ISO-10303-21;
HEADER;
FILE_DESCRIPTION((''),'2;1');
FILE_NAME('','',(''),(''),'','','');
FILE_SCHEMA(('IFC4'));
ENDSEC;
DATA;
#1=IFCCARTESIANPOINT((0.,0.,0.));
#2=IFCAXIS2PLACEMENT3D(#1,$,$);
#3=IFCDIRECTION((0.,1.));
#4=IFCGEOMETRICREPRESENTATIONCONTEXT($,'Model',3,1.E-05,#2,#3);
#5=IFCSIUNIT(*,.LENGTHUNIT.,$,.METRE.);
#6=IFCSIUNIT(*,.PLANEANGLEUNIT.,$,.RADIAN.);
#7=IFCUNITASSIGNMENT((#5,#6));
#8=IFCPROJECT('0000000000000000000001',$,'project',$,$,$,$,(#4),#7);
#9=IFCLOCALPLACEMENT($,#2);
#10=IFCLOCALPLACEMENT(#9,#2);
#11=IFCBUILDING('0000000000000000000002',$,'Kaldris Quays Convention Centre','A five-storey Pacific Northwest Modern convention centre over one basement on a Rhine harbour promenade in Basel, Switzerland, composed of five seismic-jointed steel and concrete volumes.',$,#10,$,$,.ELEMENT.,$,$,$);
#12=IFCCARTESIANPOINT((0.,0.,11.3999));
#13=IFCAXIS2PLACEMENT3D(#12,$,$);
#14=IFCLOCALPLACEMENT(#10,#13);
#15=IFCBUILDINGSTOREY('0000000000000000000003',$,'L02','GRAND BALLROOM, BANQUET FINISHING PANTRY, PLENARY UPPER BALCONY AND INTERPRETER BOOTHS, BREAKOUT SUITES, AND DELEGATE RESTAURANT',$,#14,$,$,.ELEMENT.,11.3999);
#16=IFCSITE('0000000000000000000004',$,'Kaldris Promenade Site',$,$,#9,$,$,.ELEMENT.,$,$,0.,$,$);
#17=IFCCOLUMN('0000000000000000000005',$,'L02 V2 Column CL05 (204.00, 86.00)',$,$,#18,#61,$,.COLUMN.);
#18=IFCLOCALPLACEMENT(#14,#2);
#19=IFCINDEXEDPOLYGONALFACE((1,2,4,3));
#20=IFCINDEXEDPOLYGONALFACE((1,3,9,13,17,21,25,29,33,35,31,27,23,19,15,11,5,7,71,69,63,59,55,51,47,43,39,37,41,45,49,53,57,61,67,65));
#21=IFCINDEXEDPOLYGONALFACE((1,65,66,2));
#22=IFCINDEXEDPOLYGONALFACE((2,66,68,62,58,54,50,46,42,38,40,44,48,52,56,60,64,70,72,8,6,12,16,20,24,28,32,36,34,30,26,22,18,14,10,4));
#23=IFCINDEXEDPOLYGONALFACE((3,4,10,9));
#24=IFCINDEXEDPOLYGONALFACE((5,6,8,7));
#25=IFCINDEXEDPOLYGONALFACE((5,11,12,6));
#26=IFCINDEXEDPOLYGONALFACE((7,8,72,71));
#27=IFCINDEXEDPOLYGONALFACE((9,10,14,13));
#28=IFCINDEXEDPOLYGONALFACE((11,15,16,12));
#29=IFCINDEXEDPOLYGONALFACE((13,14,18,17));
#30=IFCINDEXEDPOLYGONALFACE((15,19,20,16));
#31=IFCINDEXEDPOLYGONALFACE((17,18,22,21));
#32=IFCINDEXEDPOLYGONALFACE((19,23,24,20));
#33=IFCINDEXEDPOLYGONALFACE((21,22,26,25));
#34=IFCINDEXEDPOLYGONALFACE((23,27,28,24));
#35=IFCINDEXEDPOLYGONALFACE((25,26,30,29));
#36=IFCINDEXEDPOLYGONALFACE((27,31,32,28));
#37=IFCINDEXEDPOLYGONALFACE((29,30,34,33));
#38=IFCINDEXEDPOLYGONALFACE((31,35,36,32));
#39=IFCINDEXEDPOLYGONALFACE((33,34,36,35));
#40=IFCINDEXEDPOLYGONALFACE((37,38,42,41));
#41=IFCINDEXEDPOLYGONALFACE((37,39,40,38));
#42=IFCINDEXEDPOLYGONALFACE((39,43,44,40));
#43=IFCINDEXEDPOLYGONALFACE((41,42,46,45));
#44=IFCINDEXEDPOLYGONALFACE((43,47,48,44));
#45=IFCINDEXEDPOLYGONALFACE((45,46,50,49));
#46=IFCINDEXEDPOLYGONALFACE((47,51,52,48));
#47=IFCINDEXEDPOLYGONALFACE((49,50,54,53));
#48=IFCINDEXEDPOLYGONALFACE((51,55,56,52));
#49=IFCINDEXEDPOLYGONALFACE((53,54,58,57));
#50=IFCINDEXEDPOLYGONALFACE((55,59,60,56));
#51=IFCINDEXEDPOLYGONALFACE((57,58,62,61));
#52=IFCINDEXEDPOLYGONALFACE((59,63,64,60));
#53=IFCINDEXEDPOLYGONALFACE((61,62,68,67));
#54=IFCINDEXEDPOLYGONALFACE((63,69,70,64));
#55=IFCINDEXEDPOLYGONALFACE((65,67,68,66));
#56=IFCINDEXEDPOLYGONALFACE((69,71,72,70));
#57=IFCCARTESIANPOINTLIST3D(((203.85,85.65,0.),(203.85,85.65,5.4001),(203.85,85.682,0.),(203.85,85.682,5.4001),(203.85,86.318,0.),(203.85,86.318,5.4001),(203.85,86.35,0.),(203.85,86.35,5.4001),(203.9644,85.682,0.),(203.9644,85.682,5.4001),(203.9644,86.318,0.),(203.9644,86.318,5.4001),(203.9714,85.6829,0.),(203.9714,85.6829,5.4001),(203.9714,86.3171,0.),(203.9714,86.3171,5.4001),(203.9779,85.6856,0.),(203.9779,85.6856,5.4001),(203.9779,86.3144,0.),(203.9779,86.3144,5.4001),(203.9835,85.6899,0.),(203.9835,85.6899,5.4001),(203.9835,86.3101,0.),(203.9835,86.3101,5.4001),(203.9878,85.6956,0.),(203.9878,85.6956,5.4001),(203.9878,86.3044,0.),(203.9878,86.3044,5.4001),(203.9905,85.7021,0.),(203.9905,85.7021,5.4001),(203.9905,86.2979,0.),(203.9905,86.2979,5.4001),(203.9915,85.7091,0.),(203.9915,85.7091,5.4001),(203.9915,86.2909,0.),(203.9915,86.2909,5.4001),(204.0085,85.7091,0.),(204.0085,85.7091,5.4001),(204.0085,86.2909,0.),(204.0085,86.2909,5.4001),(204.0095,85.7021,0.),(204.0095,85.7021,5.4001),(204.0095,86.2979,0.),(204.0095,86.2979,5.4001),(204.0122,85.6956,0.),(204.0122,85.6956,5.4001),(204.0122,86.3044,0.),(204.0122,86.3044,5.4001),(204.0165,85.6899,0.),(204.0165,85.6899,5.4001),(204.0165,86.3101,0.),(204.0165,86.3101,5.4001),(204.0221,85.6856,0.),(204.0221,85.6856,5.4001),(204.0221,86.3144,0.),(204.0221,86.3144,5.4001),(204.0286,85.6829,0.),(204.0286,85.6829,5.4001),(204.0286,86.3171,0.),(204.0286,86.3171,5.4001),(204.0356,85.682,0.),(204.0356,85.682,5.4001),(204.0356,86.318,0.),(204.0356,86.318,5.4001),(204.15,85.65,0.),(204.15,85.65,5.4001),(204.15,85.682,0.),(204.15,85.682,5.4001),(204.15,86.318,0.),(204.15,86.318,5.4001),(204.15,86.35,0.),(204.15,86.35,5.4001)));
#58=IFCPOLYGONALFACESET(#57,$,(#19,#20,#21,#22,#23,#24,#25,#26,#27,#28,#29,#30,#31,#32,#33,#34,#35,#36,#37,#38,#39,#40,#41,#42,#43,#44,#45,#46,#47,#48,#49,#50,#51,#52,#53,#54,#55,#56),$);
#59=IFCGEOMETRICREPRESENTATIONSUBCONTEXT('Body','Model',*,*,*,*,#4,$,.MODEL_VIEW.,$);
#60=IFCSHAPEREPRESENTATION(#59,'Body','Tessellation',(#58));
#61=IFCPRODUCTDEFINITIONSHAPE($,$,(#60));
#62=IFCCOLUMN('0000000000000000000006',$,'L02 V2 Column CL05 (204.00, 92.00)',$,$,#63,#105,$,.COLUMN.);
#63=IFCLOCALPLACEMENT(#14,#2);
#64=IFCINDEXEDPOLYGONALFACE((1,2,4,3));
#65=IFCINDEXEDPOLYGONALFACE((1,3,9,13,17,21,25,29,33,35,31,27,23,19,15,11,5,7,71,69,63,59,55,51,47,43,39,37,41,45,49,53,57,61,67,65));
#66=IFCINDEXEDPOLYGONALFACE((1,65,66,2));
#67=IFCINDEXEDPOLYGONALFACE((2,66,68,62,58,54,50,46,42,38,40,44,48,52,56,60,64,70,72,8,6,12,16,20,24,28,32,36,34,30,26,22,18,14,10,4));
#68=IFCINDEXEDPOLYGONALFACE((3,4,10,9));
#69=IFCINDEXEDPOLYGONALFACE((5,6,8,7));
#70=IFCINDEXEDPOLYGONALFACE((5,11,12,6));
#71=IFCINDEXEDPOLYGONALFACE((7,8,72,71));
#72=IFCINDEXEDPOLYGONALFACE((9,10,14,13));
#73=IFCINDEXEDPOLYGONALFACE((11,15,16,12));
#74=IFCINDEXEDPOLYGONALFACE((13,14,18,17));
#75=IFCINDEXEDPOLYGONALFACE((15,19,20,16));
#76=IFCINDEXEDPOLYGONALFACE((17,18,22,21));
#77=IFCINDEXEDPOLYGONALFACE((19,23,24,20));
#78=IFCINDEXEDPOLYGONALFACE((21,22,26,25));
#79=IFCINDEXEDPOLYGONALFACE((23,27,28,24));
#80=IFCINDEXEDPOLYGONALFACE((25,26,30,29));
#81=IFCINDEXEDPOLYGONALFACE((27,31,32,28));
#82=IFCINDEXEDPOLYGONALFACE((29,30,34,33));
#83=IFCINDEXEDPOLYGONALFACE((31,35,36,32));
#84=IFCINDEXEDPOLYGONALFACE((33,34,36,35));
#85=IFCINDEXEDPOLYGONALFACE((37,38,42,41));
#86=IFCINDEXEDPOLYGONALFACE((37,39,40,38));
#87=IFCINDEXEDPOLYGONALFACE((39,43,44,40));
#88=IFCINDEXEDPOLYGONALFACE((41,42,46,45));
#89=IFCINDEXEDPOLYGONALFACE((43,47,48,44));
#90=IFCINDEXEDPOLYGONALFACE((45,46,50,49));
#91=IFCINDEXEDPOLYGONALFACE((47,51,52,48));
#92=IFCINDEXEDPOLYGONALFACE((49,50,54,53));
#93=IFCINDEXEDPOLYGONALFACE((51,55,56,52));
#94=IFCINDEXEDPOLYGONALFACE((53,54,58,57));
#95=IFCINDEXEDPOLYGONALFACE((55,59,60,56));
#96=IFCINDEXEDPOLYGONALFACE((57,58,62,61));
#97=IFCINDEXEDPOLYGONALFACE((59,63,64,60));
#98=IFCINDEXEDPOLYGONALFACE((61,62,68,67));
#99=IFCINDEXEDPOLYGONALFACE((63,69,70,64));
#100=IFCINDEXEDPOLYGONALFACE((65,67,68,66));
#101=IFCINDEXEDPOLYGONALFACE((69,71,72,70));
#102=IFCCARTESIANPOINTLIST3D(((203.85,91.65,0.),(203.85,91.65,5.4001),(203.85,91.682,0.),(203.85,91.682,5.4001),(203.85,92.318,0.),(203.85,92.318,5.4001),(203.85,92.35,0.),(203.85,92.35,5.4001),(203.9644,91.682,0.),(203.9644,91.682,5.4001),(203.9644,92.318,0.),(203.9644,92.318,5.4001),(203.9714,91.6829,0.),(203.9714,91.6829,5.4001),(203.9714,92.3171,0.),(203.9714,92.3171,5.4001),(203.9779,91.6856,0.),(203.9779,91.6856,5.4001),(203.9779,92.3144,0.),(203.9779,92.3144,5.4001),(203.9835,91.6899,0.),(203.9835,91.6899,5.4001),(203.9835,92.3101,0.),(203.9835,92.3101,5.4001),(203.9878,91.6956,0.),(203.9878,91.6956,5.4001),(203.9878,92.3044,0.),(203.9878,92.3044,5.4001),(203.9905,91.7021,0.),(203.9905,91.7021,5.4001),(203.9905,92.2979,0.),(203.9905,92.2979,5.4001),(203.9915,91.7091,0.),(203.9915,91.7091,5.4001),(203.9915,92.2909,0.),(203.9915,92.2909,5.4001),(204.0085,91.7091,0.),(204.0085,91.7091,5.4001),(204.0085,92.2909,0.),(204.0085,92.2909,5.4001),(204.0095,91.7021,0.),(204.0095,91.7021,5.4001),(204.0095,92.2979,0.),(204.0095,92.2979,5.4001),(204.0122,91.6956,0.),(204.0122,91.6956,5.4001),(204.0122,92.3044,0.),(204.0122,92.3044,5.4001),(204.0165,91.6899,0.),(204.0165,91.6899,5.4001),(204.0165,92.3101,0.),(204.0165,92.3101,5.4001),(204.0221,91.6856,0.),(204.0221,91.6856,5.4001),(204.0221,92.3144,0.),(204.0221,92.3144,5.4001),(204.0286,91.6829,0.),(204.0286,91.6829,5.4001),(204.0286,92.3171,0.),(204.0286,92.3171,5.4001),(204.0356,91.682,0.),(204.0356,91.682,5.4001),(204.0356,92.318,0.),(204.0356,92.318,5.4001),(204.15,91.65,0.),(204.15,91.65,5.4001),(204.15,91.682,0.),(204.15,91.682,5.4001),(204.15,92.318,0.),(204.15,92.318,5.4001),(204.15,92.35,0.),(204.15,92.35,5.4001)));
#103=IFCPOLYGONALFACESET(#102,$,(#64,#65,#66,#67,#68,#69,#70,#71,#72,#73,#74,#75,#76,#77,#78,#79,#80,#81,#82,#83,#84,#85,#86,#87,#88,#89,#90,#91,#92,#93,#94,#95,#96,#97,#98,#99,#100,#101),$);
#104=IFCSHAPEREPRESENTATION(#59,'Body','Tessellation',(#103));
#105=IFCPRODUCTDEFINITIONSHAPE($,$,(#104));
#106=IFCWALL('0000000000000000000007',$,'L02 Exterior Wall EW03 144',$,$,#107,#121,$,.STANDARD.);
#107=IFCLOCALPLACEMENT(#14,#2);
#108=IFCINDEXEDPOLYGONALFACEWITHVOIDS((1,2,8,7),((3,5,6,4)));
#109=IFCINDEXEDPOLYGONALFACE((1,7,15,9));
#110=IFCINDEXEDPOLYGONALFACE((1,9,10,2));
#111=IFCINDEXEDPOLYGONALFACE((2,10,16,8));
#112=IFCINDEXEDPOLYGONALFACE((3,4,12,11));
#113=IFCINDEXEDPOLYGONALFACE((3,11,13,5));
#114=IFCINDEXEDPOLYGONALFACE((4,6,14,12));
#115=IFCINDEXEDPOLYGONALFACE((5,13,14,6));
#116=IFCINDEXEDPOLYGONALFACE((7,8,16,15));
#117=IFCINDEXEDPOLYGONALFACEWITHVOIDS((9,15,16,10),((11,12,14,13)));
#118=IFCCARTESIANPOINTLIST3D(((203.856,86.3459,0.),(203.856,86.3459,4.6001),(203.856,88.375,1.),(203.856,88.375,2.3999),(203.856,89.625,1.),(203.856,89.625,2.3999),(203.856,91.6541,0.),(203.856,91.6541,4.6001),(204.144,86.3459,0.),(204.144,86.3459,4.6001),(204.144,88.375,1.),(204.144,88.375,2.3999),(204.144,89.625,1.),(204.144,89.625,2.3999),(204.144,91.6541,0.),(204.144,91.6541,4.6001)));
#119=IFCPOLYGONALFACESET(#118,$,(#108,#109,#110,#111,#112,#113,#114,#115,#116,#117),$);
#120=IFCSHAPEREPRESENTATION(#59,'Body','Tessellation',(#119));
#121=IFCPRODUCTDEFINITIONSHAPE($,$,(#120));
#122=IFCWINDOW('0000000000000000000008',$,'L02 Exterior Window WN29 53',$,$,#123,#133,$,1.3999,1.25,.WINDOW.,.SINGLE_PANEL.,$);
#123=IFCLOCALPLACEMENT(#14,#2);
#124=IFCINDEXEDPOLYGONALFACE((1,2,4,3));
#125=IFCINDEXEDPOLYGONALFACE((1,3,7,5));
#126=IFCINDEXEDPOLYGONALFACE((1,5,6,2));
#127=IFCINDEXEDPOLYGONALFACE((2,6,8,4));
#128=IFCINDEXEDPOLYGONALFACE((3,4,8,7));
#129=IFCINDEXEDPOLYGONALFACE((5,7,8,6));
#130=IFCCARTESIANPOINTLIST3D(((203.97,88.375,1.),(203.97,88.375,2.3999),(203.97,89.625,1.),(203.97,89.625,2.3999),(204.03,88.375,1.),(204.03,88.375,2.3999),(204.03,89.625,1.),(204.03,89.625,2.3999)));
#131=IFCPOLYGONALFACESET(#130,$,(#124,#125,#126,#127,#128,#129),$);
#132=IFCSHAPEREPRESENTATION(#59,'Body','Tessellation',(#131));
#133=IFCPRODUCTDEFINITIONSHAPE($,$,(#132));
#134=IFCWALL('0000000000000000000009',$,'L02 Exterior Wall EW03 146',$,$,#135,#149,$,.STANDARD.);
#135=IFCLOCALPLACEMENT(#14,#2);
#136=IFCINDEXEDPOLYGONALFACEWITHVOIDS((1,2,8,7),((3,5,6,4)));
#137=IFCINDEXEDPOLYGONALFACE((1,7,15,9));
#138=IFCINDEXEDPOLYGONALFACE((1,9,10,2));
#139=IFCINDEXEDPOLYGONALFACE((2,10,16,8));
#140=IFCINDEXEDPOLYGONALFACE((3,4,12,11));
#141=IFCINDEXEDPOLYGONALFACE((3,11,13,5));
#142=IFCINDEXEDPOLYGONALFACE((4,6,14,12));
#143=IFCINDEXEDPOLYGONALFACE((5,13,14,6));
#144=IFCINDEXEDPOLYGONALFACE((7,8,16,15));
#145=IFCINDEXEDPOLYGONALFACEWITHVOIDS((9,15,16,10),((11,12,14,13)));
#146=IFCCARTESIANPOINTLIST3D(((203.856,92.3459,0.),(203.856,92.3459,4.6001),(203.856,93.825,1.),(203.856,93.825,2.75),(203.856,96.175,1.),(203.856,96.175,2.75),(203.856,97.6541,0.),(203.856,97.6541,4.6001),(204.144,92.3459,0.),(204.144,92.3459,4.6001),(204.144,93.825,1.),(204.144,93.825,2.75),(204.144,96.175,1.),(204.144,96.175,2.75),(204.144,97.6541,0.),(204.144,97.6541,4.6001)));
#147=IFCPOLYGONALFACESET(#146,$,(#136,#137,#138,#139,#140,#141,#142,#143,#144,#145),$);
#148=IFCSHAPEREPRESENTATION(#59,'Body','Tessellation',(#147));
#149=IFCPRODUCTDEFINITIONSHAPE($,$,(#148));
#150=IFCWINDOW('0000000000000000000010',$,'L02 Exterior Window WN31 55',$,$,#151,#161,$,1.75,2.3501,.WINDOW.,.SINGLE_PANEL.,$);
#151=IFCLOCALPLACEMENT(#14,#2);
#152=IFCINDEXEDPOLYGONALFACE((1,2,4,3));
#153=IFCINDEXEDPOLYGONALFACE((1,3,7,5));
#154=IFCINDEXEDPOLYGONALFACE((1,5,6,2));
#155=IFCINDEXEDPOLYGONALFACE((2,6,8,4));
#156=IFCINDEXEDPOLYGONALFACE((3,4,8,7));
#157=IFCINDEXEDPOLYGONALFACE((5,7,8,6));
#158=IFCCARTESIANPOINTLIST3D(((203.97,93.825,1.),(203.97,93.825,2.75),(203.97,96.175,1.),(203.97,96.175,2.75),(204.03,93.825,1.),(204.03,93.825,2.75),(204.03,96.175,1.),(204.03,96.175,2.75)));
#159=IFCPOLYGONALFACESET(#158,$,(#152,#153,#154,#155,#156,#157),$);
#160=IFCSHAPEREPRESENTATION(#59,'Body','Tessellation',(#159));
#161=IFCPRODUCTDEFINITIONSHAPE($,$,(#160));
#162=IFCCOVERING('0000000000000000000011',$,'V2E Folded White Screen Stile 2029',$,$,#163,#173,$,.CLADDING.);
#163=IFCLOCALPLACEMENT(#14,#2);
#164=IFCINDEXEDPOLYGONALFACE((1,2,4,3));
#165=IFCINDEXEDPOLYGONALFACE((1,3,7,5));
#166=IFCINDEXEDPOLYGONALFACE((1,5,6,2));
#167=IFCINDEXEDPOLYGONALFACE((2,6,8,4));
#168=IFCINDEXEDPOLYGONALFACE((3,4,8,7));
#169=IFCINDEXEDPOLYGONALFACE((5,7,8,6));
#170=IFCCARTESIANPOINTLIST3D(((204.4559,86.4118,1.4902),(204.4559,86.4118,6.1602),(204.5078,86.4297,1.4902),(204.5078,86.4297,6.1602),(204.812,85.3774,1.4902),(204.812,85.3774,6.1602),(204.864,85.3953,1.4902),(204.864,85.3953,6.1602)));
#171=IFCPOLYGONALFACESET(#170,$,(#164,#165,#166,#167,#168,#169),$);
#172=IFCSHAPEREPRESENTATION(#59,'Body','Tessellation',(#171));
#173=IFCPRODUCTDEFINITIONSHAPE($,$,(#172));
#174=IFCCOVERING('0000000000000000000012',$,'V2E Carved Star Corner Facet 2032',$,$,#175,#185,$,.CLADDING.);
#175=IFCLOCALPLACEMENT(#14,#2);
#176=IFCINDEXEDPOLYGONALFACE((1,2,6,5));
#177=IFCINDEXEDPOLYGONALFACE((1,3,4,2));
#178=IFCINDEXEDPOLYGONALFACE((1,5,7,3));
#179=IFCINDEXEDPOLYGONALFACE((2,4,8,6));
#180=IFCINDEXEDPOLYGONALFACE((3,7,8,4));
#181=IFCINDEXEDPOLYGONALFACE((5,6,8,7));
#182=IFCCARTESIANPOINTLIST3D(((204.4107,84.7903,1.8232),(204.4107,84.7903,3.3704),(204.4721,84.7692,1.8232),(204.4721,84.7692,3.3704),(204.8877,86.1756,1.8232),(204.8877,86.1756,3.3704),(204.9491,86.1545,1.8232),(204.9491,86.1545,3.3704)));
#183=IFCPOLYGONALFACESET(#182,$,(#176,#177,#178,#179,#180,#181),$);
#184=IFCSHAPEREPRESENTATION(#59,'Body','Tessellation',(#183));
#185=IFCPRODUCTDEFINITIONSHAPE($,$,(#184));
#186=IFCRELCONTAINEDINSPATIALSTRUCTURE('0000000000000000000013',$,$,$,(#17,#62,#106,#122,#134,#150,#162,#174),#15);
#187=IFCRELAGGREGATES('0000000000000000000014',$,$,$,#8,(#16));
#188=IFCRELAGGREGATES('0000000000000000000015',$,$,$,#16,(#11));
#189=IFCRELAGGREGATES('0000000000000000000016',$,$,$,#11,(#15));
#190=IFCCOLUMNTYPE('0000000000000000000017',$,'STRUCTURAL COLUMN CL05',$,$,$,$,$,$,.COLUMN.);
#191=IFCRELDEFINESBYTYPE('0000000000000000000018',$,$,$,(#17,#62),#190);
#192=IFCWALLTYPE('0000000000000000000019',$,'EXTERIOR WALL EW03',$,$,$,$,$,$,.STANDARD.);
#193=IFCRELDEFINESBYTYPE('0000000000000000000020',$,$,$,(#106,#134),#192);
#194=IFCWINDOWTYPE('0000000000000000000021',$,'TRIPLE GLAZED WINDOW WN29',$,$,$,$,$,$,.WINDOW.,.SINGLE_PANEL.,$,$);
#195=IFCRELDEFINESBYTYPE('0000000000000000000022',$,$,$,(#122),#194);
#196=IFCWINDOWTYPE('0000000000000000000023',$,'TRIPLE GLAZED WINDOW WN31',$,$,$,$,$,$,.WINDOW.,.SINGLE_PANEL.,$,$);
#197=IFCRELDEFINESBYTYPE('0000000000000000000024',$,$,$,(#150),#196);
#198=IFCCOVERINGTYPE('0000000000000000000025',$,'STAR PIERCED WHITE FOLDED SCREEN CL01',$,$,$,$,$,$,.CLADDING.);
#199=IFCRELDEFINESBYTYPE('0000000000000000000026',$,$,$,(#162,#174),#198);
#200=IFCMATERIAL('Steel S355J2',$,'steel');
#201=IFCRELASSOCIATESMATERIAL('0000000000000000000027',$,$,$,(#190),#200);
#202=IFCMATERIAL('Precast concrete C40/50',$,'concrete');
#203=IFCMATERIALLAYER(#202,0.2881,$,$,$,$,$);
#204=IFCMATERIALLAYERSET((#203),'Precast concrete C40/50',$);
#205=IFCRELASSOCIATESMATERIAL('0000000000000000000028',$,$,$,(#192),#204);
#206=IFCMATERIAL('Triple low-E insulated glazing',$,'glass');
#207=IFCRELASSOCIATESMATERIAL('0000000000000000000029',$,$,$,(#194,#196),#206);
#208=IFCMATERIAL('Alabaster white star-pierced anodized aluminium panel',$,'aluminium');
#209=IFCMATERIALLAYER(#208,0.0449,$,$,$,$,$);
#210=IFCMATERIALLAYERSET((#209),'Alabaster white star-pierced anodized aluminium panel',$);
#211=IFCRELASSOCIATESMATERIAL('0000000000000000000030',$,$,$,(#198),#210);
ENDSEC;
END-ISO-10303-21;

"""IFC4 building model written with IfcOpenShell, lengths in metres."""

from ifc_helpers import new_model, si_unit, direction, frame, frame_2d, origin, origin_2d, place, context, subcontext, project, spatial, rectangle, i_section, extrude, material, layer, layer_set, material_profile, profile_set, type_object, element, fill, save


model = new_model("IFC4")

# Units and contexts
model_context = context("Model", 3, precision=1e-05, world=origin(), true_north=direction((0.0, 1.0)))
body_context = subcontext(model_context, "Body", "Model", "MODEL_VIEW")
ifc_project = project(units=[si_unit("LENGTHUNIT", "METRE"), si_unit("PLANEANGLEUNIT", "RADIAN")], contexts=[model_context])

# Site, building, storey
site_placement = place(None, origin())
site = spatial("IfcSite", under=ifc_project, at=site_placement, Name="Kaldris Promenade Site", CompositionType="ELEMENT", RefElevation=0.0)
building_placement = place(site_placement, origin())
building = spatial("IfcBuilding", under=site, at=building_placement, Name="Kaldris Quays Convention Centre", Description="A five-storey Pacific Northwest Modern convention centre over one basement on a Rhine harbour promenade in Basel, Switzerland, composed of five seismic-jointed steel and concrete volumes.", CompositionType="ELEMENT")
storey_placement = place(building_placement, frame((0.0, 0.0, 11.3999)))
storey = spatial("IfcBuildingStorey", under=building, at=storey_placement, Name="L02", Description="GRAND BALLROOM, BANQUET FINISHING PANTRY, PLENARY UPPER BALCONY AND INTERPRETER BOOTHS, BREAKOUT SUITES, AND DELEGATE RESTAURANT", CompositionType="ELEMENT", Elevation=11.3999)

# Columns
ifc_material_1 = material(Name="Steel S355J2", Category="steel")
ifc_material_profile = material_profile(ifc_material_1, i_section(OverallWidth=0.3, OverallDepth=0.7, WebThickness=0.0171, FlangeThickness=0.032, FilletRadius=0.0271, at=origin_2d()), Name="HEB 700")
ifc_profile_set = profile_set([ifc_material_profile], Name="Steel S355J2")
column_type = type_object("IfcColumnType", Name="STRUCTURAL COLUMN CL05", PredefinedType="COLUMN", material=ifc_profile_set)
for number, where, z_axis, x_axis, name in (
    (1, (204.0, 86.0, 0.0), (0.0, 0.0, 1.0), (1.0, 0.0, 0.0), "L02 V2 Column CL05 (204.00, 86.00)"),
    (2, (204.0, 92.0, 0.0), (0.0, 0.0, 1.0), (1.0, 0.0, 0.0), "L02 V2 Column CL05 (204.00, 92.00)"),
):
    element("IfcColumn", number, at=place(storey_placement, frame(where, z_axis=z_axis, x_axis=x_axis)), inside=storey, type_object=column_type, Name=name, PredefinedType="COLUMN", context=body_context, shape_type="SweptSolid", body=[
        extrude(i_section(OverallWidth=0.3, OverallDepth=0.7, WebThickness=0.0171, FlangeThickness=0.032, FilletRadius=0.0271, at=origin_2d()), origin(), (0.0, 0.0, 1.0), 5.4001),
    ])

# Walls, openings, windows
ifc_material_2 = material(Name="Precast concrete C40/50", Category="concrete")
ifc_layer_1 = layer(ifc_material_2, 0.2881)
ifc_layer_set_1 = layer_set([ifc_layer_1], Name="Precast concrete C40/50")
wall_type = type_object("IfcWallType", Name="EXTERIOR WALL EW03", PredefinedType="STANDARD", material=ifc_layer_set_1)
wall_1_placement = place(storey_placement, frame((204.0, 86.3459, 0.0), z_axis=(0.0, 0.0, 1.0), x_axis=(0.0, 1.0, 0.0)))
wall_1 = element("IfcWall", 3, at=wall_1_placement, inside=storey, type_object=wall_type, Name="L02 Exterior Wall EW03 144", PredefinedType="STANDARD", context=body_context, shape_type="SweptSolid", body=[
    extrude(rectangle(XDim=5.3081, YDim=0.2881, at=frame_2d((2.6541, 0.0))), origin(), (0.0, 0.0, 1.0), 4.6001),
])
opening_1_placement = place(wall_1_placement, frame((2.0291, 0.0, 1.0)))
opening_1 = element("IfcOpeningElement", 4, at=opening_1_placement, cuts=wall_1, PredefinedType="OPENING", context=body_context, shape_type="SweptSolid", body=[
    extrude(rectangle(XDim=1.25, YDim=1.3999, at=frame_2d((0.625, 0.7))), frame((0.0, 0.1541, 0.0), z_axis=(0.0, -1.0, 0.0), x_axis=(1.0, 0.0, 0.0)), (0.0, 0.0, 1.0), 0.3081),
])
ifc_material_3 = material(Name="Triple low-E insulated glazing", Category="glass")
window_type_1 = type_object("IfcWindowType", Name="TRIPLE GLAZED WINDOW WN29", PartitioningType="SINGLE_PANEL", PredefinedType="WINDOW", material=ifc_material_3)
window_1_placement = place(opening_1_placement, origin())
window_1 = element("IfcWindow", 5, at=window_1_placement, inside=storey, type_object=window_type_1, Name="L02 Exterior Window WN29 53", OverallHeight=1.3999, OverallWidth=1.25, PartitioningType="SINGLE_PANEL", PredefinedType="WINDOW", context=body_context, shape_type="SweptSolid", body=[
    extrude(rectangle(XDim=1.25, YDim=1.3999, at=frame_2d((0.625, 0.7))), frame((0.0, 0.03, 0.0), z_axis=(0.0, -1.0, 0.0), x_axis=(1.0, 0.0, 0.0)), (0.0, 0.0, 1.0), 0.0601),
])
fill(opening_1, window_1)
wall_2_placement = place(storey_placement, frame((204.0, 92.3459, 0.0), z_axis=(0.0, 0.0, 1.0), x_axis=(0.0, 1.0, 0.0)))
wall_2 = element("IfcWall", 6, at=wall_2_placement, inside=storey, type_object=wall_type, Name="L02 Exterior Wall EW03 146", PredefinedType="STANDARD", context=body_context, shape_type="SweptSolid", body=[
    extrude(rectangle(XDim=5.3081, YDim=0.2881, at=frame_2d((2.6541, 0.0))), origin(), (0.0, 0.0, 1.0), 4.6001),
])
opening_2_placement = place(wall_2_placement, frame((1.479, 0.0, 1.0)))
opening_2 = element("IfcOpeningElement", 7, at=opening_2_placement, cuts=wall_2, PredefinedType="OPENING", context=body_context, shape_type="SweptSolid", body=[
    extrude(rectangle(XDim=2.3501, YDim=1.75, at=frame_2d((1.175, 0.875))), frame((0.0, 0.1541, 0.0), z_axis=(0.0, -1.0, 0.0), x_axis=(1.0, 0.0, 0.0)), (0.0, 0.0, 1.0), 0.3081),
])
window_type_2 = type_object("IfcWindowType", Name="TRIPLE GLAZED WINDOW WN31", PartitioningType="SINGLE_PANEL", PredefinedType="WINDOW", material=ifc_material_3)
window_2_placement = place(opening_2_placement, origin())
window_2 = element("IfcWindow", 8, at=window_2_placement, inside=storey, type_object=window_type_2, Name="L02 Exterior Window WN31 55", OverallHeight=1.75, OverallWidth=2.3501, PartitioningType="SINGLE_PANEL", PredefinedType="WINDOW", context=body_context, shape_type="SweptSolid", body=[
    extrude(rectangle(XDim=2.3501, YDim=1.75, at=frame_2d((1.175, 0.875))), frame((0.0, 0.03, 0.0), z_axis=(0.0, -1.0, 0.0), x_axis=(1.0, 0.0, 0.0)), (0.0, 0.0, 1.0), 0.0601),
])
fill(opening_2, window_2)

# Coverings
ifc_material_4 = material(Name="Alabaster white star-pierced anodized aluminium panel", Category="aluminium")
ifc_layer_2 = layer(ifc_material_4, 0.0449)
ifc_layer_set_2 = layer_set([ifc_layer_2], Name="Alabaster white star-pierced anodized aluminium panel")
covering_type = type_object("IfcCoveringType", Name="STAR PIERCED WHITE FOLDED SCREEN CL01", PredefinedType="CLADDING", material=ifc_layer_set_2)
covering_1_placement = place(storey_placement, frame((204.6599, 85.9036, 1.4902), z_axis=(0.0, 0.0, 1.0), x_axis=(-0.325568, 0.945519, 0.0)))
element("IfcCovering", 9, at=covering_1_placement, inside=storey, type_object=covering_type, Name="V2E Folded White Screen Stile 2029", PredefinedType="CLADDING", context=body_context, shape_type="SweptSolid", body=[
    extrude(rectangle(XDim=1.094, YDim=0.0549, at=origin_2d()), origin(), (0.0, 0.0, 1.0), 4.6699),
])
for number, where, z_axis, x_axis, name in (
    (10, (204.6799, 85.4724, 1.8232), (0.0, 0.0, 1.0), (0.325568, 0.945519, 0.0), "V2E Carved Star Corner Facet 2032"),
):
    element("IfcCovering", number, at=place(storey_placement, frame(where, z_axis=z_axis, x_axis=x_axis)), inside=storey, type_object=covering_type, Name=name, PredefinedType="CLADDING", context=body_context, shape_type="SweptSolid", body=[
        extrude(rectangle(XDim=1.4651, YDim=0.0649, at=origin_2d()), origin(), (0.0, 0.0, 1.0), 1.5471),
    ])

save(model, "model.ifc")
